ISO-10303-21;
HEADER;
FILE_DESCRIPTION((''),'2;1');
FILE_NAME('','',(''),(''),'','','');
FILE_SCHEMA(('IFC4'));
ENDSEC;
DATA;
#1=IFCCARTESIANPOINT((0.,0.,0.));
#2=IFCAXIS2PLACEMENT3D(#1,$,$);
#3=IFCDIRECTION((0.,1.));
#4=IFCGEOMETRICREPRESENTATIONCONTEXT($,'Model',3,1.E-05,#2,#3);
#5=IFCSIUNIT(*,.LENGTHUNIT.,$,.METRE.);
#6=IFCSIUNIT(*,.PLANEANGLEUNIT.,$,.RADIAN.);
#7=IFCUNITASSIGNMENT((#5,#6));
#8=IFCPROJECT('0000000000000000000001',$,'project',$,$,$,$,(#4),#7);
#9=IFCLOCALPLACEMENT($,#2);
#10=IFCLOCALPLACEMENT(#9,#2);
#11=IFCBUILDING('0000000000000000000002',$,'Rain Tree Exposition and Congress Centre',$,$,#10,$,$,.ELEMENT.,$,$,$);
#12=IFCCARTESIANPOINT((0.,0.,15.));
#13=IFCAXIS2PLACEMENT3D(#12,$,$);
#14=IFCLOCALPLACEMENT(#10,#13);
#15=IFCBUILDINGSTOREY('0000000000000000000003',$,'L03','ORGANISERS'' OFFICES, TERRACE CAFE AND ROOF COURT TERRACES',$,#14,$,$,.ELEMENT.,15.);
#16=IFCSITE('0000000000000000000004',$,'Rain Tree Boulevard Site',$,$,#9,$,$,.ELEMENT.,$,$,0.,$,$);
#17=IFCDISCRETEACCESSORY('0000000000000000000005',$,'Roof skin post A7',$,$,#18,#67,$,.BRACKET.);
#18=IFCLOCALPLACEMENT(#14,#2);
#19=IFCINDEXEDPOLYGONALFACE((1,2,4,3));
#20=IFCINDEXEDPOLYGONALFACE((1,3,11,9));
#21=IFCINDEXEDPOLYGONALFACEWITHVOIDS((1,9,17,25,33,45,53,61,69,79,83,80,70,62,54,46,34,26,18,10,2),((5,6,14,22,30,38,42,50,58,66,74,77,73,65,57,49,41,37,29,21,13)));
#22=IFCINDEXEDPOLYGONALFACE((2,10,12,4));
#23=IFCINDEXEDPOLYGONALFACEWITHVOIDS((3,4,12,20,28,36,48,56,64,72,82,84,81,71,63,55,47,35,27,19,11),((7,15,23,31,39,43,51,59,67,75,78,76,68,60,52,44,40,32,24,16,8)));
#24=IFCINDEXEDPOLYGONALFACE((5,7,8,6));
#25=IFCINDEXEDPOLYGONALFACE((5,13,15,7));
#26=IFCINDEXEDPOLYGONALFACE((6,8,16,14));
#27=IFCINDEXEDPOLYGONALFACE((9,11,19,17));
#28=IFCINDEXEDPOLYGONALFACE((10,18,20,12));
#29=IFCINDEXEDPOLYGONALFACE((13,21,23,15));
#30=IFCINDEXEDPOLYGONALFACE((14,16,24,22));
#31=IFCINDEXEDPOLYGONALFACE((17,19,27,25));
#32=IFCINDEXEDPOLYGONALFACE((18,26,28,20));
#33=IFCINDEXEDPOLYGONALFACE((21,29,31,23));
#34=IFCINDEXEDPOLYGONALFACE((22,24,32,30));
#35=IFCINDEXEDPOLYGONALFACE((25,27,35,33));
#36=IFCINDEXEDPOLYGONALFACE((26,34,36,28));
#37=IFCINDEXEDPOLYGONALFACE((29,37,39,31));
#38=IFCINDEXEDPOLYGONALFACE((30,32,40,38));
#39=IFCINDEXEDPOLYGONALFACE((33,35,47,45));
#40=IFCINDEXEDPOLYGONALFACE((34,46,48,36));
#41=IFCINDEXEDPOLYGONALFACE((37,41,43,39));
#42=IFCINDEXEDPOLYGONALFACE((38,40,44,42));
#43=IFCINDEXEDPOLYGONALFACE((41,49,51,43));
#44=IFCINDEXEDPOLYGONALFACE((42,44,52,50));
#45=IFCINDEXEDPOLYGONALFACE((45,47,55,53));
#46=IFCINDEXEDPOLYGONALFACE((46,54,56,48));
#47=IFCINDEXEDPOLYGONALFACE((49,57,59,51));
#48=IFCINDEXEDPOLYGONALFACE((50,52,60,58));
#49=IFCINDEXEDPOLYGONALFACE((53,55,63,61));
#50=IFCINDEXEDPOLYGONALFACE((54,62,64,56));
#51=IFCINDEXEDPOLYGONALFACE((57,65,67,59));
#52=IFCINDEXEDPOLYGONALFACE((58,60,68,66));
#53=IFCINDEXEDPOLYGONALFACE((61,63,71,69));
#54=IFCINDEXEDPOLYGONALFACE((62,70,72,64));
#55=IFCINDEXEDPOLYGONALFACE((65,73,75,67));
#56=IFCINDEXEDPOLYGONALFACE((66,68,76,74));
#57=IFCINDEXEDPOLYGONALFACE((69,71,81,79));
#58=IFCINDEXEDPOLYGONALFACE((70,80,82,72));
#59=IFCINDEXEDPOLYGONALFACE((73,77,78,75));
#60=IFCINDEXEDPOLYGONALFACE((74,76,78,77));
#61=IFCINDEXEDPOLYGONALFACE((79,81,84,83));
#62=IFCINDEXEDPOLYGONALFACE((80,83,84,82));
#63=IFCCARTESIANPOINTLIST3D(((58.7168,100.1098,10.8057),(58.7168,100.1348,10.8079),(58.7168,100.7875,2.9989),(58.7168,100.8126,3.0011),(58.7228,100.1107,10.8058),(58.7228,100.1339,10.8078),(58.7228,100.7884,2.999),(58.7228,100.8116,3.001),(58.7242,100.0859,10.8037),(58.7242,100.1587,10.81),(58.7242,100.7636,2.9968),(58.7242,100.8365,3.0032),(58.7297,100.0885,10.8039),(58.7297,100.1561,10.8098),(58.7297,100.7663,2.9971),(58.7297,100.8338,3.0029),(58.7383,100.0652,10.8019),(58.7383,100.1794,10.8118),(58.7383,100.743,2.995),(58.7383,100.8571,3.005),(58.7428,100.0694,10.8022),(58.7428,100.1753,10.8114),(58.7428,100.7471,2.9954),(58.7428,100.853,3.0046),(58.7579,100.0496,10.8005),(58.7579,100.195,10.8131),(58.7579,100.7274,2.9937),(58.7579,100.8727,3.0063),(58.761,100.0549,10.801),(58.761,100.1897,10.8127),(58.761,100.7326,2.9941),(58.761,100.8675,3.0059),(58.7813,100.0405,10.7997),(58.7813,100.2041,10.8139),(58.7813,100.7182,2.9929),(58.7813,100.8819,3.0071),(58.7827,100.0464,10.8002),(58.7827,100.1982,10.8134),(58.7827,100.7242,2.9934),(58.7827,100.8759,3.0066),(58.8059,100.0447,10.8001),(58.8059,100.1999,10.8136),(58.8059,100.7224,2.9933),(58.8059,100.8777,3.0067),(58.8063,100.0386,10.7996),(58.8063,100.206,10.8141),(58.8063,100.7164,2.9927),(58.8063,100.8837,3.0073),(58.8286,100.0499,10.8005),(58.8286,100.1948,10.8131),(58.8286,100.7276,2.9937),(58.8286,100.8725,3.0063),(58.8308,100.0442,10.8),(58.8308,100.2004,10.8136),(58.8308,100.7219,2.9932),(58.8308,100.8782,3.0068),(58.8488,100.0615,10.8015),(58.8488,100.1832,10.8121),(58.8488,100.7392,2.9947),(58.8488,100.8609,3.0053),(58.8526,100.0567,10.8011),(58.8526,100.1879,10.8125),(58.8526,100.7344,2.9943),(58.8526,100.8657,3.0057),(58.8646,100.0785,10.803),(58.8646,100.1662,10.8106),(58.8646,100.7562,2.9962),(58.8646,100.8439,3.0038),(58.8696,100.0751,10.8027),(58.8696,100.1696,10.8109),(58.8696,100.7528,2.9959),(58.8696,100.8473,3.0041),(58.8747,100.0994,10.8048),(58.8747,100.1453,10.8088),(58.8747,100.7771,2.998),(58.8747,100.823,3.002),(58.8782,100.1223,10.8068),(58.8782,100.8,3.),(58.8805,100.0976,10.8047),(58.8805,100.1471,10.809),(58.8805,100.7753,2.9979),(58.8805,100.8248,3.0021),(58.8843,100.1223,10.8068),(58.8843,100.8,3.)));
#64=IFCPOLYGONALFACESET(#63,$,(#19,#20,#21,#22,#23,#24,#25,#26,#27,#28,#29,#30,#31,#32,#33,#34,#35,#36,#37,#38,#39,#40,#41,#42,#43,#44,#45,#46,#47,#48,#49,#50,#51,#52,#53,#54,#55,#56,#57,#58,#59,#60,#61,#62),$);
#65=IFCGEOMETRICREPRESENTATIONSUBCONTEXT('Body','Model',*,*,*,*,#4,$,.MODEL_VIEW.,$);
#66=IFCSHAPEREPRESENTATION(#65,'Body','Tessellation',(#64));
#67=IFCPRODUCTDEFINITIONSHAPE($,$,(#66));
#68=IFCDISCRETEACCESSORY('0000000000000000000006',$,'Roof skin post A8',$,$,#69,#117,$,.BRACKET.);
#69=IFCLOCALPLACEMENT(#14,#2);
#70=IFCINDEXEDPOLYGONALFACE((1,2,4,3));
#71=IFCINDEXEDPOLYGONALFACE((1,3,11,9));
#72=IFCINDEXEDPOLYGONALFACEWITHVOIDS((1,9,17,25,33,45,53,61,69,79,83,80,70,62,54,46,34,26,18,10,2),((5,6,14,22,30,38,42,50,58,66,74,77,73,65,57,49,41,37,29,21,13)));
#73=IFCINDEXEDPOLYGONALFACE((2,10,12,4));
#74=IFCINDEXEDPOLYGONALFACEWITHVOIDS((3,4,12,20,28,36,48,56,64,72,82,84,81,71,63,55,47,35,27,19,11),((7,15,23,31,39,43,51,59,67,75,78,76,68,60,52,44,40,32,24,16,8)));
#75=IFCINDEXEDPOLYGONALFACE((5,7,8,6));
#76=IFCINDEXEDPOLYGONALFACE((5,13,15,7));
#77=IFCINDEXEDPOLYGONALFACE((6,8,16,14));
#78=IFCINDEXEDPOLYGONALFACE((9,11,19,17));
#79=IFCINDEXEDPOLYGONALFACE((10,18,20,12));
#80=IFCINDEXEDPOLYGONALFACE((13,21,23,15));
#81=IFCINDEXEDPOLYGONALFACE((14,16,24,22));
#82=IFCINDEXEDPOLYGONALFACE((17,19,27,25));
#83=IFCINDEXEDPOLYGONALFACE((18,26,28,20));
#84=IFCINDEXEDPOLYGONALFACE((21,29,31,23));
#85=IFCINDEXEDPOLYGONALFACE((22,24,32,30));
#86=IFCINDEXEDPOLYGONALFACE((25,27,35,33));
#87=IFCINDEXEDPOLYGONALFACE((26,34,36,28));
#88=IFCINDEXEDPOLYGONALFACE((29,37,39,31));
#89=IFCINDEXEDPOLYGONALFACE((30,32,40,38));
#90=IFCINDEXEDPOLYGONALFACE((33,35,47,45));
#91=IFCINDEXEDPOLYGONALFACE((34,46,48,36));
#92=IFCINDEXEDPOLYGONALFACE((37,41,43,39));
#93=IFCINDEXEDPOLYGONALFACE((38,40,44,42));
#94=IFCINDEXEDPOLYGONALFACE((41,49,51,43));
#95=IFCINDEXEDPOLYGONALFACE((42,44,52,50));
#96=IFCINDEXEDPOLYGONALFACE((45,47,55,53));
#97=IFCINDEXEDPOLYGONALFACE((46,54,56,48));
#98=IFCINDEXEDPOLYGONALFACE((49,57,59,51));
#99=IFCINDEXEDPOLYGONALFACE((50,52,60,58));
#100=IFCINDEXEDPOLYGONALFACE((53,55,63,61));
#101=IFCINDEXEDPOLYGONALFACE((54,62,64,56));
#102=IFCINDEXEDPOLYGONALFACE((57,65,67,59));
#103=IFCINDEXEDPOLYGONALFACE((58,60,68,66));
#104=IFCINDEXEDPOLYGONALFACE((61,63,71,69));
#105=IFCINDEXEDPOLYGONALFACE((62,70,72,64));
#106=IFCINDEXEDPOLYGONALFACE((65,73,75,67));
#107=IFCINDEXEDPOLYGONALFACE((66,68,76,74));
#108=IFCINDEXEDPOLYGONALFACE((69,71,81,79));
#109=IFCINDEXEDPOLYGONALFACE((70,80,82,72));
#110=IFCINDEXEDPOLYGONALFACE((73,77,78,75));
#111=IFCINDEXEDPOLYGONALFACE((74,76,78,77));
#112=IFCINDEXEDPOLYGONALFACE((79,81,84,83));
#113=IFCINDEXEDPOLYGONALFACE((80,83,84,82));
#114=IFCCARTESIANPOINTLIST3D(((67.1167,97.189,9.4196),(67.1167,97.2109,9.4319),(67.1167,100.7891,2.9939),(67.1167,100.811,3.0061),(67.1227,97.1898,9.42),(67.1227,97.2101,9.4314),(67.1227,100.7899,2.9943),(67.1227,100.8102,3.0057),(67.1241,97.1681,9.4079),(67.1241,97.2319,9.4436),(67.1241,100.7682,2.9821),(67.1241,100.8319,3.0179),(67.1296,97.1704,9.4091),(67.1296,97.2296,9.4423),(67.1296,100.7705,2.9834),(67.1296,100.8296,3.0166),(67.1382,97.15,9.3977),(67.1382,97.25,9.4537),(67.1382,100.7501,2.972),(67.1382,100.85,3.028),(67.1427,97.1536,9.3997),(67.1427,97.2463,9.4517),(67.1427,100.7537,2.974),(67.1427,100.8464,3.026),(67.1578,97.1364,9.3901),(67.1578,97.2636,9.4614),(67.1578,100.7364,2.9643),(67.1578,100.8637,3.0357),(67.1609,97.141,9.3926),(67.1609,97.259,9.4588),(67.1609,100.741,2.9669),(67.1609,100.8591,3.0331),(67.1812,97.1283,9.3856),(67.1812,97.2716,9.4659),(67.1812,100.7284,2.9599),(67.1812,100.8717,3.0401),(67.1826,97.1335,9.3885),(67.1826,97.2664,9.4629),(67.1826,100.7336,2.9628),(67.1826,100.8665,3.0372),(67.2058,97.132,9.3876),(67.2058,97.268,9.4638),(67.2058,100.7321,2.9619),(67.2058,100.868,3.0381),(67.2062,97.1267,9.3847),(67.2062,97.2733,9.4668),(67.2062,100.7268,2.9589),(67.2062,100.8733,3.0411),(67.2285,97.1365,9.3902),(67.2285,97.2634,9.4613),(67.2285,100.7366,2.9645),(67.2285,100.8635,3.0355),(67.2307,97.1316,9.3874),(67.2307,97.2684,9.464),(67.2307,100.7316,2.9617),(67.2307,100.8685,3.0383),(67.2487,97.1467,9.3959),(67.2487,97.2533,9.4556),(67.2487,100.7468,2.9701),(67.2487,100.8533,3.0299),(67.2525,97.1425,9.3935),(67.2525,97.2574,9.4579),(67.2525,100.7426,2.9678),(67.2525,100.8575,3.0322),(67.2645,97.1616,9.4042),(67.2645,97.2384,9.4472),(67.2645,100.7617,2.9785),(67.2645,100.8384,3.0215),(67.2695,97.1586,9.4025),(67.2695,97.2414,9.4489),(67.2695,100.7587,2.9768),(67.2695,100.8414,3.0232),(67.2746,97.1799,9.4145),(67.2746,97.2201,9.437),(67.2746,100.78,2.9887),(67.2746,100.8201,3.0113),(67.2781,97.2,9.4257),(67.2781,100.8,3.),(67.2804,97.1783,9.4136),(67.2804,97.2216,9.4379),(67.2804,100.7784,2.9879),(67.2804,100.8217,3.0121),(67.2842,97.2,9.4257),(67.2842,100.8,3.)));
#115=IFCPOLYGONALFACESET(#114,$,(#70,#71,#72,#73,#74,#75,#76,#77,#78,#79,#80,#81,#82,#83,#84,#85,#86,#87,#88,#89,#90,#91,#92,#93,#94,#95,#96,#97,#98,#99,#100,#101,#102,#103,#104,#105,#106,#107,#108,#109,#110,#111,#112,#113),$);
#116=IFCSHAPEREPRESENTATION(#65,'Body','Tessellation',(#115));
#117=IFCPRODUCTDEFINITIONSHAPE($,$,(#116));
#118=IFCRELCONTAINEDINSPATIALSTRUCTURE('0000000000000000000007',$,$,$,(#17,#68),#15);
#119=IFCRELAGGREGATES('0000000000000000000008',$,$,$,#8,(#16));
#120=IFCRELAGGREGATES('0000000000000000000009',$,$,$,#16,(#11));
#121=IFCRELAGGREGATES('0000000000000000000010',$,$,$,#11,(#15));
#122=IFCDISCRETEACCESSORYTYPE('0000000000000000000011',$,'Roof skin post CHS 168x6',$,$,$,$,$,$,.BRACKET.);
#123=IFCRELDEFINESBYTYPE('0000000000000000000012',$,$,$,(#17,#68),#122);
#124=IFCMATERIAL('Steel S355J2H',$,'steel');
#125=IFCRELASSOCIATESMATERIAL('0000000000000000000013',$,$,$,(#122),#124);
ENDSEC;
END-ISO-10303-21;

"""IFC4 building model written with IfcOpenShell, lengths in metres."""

from ifc_helpers import new_model, si_unit, direction, frame, origin, origin_2d, place, context, subcontext, project, spatial, hollow_circle, extrude, material, material_profile, profile_set, type_object, element, save


model = new_model("IFC4")

# Units and contexts
model_context = context("Model", 3, precision=1e-05, world=origin(), true_north=direction((0.0, 1.0)))
body_context = subcontext(model_context, "Body", "Model", "MODEL_VIEW")
ifc_project = project(units=[si_unit("LENGTHUNIT", "METRE"), si_unit("PLANEANGLEUNIT", "RADIAN")], contexts=[model_context])

# Site, building, storey
site_placement = place(None, origin())
site = spatial("IfcSite", under=ifc_project, at=site_placement, Name="Rain Tree Boulevard Site", CompositionType="ELEMENT", RefElevation=0.0)
building_placement = place(site_placement, origin())
building = spatial("IfcBuilding", under=site, at=building_placement, Name="Rain Tree Exposition and Congress Centre", CompositionType="ELEMENT")
storey_placement = place(building_placement, frame((0.0, 0.0, 15.0)))
storey = spatial("IfcBuildingStorey", under=building, at=storey_placement, Name="L03", Description="ORGANISERS' OFFICES, TERRACE CAFE AND ROOF COURT TERRACES", CompositionType="ELEMENT", Elevation=15.0)

# Discrete accessories
ifc_material_1 = material(Name="Steel S355J2H", Category="steel")
ifc_material_profile_1 = material_profile(ifc_material_1, hollow_circle(Radius=0.0842, WallThickness=0.0061, at=origin_2d()), Name="CHS 168x6")
ifc_profile_set_1 = profile_set([ifc_material_profile_1], Name="Steel S355J2H")
discrete_accessory_type_1 = type_object("IfcDiscreteAccessoryType", Name="Roof skin post CHS 168x6", PredefinedType="BRACKET", material=ifc_profile_set_1)
discrete_accessory_1_placement = place(storey_placement, frame((58.8, 100.8, 3.0), z_axis=(0.0, -0.086487, 0.996253), x_axis=(1.0, 0.0, 0.0)))
element("IfcDiscreteAccessory", 1, at=discrete_accessory_1_placement, inside=storey, type_object=discrete_accessory_type_1, Name="Roof skin post A7", PredefinedType="BRACKET", context=body_context, shape_type="SweptSolid", body=[
    extrude(hollow_circle(Radius=0.0842, WallThickness=0.0061, at=origin_2d()), origin(), (0.0, 0.0, 1.0), 7.8362),
])
discrete_accessory_2_placement = place(storey_placement, frame((67.2, 100.8, 3.0), z_axis=(0.0, -0.488775, 0.87241), x_axis=(1.0, 0.0, 0.0)))
element("IfcDiscreteAccessory", 2, at=discrete_accessory_2_placement, inside=storey, type_object=discrete_accessory_type_1, Name="Roof skin post A8", PredefinedType="BRACKET", context=body_context, shape_type="SweptSolid", body=[
    extrude(hollow_circle(Radius=0.0842, WallThickness=0.0061, at=origin_2d()), origin(), (0.0, 0.0, 1.0), 7.3655),
])

save(model, "model.ifc")
